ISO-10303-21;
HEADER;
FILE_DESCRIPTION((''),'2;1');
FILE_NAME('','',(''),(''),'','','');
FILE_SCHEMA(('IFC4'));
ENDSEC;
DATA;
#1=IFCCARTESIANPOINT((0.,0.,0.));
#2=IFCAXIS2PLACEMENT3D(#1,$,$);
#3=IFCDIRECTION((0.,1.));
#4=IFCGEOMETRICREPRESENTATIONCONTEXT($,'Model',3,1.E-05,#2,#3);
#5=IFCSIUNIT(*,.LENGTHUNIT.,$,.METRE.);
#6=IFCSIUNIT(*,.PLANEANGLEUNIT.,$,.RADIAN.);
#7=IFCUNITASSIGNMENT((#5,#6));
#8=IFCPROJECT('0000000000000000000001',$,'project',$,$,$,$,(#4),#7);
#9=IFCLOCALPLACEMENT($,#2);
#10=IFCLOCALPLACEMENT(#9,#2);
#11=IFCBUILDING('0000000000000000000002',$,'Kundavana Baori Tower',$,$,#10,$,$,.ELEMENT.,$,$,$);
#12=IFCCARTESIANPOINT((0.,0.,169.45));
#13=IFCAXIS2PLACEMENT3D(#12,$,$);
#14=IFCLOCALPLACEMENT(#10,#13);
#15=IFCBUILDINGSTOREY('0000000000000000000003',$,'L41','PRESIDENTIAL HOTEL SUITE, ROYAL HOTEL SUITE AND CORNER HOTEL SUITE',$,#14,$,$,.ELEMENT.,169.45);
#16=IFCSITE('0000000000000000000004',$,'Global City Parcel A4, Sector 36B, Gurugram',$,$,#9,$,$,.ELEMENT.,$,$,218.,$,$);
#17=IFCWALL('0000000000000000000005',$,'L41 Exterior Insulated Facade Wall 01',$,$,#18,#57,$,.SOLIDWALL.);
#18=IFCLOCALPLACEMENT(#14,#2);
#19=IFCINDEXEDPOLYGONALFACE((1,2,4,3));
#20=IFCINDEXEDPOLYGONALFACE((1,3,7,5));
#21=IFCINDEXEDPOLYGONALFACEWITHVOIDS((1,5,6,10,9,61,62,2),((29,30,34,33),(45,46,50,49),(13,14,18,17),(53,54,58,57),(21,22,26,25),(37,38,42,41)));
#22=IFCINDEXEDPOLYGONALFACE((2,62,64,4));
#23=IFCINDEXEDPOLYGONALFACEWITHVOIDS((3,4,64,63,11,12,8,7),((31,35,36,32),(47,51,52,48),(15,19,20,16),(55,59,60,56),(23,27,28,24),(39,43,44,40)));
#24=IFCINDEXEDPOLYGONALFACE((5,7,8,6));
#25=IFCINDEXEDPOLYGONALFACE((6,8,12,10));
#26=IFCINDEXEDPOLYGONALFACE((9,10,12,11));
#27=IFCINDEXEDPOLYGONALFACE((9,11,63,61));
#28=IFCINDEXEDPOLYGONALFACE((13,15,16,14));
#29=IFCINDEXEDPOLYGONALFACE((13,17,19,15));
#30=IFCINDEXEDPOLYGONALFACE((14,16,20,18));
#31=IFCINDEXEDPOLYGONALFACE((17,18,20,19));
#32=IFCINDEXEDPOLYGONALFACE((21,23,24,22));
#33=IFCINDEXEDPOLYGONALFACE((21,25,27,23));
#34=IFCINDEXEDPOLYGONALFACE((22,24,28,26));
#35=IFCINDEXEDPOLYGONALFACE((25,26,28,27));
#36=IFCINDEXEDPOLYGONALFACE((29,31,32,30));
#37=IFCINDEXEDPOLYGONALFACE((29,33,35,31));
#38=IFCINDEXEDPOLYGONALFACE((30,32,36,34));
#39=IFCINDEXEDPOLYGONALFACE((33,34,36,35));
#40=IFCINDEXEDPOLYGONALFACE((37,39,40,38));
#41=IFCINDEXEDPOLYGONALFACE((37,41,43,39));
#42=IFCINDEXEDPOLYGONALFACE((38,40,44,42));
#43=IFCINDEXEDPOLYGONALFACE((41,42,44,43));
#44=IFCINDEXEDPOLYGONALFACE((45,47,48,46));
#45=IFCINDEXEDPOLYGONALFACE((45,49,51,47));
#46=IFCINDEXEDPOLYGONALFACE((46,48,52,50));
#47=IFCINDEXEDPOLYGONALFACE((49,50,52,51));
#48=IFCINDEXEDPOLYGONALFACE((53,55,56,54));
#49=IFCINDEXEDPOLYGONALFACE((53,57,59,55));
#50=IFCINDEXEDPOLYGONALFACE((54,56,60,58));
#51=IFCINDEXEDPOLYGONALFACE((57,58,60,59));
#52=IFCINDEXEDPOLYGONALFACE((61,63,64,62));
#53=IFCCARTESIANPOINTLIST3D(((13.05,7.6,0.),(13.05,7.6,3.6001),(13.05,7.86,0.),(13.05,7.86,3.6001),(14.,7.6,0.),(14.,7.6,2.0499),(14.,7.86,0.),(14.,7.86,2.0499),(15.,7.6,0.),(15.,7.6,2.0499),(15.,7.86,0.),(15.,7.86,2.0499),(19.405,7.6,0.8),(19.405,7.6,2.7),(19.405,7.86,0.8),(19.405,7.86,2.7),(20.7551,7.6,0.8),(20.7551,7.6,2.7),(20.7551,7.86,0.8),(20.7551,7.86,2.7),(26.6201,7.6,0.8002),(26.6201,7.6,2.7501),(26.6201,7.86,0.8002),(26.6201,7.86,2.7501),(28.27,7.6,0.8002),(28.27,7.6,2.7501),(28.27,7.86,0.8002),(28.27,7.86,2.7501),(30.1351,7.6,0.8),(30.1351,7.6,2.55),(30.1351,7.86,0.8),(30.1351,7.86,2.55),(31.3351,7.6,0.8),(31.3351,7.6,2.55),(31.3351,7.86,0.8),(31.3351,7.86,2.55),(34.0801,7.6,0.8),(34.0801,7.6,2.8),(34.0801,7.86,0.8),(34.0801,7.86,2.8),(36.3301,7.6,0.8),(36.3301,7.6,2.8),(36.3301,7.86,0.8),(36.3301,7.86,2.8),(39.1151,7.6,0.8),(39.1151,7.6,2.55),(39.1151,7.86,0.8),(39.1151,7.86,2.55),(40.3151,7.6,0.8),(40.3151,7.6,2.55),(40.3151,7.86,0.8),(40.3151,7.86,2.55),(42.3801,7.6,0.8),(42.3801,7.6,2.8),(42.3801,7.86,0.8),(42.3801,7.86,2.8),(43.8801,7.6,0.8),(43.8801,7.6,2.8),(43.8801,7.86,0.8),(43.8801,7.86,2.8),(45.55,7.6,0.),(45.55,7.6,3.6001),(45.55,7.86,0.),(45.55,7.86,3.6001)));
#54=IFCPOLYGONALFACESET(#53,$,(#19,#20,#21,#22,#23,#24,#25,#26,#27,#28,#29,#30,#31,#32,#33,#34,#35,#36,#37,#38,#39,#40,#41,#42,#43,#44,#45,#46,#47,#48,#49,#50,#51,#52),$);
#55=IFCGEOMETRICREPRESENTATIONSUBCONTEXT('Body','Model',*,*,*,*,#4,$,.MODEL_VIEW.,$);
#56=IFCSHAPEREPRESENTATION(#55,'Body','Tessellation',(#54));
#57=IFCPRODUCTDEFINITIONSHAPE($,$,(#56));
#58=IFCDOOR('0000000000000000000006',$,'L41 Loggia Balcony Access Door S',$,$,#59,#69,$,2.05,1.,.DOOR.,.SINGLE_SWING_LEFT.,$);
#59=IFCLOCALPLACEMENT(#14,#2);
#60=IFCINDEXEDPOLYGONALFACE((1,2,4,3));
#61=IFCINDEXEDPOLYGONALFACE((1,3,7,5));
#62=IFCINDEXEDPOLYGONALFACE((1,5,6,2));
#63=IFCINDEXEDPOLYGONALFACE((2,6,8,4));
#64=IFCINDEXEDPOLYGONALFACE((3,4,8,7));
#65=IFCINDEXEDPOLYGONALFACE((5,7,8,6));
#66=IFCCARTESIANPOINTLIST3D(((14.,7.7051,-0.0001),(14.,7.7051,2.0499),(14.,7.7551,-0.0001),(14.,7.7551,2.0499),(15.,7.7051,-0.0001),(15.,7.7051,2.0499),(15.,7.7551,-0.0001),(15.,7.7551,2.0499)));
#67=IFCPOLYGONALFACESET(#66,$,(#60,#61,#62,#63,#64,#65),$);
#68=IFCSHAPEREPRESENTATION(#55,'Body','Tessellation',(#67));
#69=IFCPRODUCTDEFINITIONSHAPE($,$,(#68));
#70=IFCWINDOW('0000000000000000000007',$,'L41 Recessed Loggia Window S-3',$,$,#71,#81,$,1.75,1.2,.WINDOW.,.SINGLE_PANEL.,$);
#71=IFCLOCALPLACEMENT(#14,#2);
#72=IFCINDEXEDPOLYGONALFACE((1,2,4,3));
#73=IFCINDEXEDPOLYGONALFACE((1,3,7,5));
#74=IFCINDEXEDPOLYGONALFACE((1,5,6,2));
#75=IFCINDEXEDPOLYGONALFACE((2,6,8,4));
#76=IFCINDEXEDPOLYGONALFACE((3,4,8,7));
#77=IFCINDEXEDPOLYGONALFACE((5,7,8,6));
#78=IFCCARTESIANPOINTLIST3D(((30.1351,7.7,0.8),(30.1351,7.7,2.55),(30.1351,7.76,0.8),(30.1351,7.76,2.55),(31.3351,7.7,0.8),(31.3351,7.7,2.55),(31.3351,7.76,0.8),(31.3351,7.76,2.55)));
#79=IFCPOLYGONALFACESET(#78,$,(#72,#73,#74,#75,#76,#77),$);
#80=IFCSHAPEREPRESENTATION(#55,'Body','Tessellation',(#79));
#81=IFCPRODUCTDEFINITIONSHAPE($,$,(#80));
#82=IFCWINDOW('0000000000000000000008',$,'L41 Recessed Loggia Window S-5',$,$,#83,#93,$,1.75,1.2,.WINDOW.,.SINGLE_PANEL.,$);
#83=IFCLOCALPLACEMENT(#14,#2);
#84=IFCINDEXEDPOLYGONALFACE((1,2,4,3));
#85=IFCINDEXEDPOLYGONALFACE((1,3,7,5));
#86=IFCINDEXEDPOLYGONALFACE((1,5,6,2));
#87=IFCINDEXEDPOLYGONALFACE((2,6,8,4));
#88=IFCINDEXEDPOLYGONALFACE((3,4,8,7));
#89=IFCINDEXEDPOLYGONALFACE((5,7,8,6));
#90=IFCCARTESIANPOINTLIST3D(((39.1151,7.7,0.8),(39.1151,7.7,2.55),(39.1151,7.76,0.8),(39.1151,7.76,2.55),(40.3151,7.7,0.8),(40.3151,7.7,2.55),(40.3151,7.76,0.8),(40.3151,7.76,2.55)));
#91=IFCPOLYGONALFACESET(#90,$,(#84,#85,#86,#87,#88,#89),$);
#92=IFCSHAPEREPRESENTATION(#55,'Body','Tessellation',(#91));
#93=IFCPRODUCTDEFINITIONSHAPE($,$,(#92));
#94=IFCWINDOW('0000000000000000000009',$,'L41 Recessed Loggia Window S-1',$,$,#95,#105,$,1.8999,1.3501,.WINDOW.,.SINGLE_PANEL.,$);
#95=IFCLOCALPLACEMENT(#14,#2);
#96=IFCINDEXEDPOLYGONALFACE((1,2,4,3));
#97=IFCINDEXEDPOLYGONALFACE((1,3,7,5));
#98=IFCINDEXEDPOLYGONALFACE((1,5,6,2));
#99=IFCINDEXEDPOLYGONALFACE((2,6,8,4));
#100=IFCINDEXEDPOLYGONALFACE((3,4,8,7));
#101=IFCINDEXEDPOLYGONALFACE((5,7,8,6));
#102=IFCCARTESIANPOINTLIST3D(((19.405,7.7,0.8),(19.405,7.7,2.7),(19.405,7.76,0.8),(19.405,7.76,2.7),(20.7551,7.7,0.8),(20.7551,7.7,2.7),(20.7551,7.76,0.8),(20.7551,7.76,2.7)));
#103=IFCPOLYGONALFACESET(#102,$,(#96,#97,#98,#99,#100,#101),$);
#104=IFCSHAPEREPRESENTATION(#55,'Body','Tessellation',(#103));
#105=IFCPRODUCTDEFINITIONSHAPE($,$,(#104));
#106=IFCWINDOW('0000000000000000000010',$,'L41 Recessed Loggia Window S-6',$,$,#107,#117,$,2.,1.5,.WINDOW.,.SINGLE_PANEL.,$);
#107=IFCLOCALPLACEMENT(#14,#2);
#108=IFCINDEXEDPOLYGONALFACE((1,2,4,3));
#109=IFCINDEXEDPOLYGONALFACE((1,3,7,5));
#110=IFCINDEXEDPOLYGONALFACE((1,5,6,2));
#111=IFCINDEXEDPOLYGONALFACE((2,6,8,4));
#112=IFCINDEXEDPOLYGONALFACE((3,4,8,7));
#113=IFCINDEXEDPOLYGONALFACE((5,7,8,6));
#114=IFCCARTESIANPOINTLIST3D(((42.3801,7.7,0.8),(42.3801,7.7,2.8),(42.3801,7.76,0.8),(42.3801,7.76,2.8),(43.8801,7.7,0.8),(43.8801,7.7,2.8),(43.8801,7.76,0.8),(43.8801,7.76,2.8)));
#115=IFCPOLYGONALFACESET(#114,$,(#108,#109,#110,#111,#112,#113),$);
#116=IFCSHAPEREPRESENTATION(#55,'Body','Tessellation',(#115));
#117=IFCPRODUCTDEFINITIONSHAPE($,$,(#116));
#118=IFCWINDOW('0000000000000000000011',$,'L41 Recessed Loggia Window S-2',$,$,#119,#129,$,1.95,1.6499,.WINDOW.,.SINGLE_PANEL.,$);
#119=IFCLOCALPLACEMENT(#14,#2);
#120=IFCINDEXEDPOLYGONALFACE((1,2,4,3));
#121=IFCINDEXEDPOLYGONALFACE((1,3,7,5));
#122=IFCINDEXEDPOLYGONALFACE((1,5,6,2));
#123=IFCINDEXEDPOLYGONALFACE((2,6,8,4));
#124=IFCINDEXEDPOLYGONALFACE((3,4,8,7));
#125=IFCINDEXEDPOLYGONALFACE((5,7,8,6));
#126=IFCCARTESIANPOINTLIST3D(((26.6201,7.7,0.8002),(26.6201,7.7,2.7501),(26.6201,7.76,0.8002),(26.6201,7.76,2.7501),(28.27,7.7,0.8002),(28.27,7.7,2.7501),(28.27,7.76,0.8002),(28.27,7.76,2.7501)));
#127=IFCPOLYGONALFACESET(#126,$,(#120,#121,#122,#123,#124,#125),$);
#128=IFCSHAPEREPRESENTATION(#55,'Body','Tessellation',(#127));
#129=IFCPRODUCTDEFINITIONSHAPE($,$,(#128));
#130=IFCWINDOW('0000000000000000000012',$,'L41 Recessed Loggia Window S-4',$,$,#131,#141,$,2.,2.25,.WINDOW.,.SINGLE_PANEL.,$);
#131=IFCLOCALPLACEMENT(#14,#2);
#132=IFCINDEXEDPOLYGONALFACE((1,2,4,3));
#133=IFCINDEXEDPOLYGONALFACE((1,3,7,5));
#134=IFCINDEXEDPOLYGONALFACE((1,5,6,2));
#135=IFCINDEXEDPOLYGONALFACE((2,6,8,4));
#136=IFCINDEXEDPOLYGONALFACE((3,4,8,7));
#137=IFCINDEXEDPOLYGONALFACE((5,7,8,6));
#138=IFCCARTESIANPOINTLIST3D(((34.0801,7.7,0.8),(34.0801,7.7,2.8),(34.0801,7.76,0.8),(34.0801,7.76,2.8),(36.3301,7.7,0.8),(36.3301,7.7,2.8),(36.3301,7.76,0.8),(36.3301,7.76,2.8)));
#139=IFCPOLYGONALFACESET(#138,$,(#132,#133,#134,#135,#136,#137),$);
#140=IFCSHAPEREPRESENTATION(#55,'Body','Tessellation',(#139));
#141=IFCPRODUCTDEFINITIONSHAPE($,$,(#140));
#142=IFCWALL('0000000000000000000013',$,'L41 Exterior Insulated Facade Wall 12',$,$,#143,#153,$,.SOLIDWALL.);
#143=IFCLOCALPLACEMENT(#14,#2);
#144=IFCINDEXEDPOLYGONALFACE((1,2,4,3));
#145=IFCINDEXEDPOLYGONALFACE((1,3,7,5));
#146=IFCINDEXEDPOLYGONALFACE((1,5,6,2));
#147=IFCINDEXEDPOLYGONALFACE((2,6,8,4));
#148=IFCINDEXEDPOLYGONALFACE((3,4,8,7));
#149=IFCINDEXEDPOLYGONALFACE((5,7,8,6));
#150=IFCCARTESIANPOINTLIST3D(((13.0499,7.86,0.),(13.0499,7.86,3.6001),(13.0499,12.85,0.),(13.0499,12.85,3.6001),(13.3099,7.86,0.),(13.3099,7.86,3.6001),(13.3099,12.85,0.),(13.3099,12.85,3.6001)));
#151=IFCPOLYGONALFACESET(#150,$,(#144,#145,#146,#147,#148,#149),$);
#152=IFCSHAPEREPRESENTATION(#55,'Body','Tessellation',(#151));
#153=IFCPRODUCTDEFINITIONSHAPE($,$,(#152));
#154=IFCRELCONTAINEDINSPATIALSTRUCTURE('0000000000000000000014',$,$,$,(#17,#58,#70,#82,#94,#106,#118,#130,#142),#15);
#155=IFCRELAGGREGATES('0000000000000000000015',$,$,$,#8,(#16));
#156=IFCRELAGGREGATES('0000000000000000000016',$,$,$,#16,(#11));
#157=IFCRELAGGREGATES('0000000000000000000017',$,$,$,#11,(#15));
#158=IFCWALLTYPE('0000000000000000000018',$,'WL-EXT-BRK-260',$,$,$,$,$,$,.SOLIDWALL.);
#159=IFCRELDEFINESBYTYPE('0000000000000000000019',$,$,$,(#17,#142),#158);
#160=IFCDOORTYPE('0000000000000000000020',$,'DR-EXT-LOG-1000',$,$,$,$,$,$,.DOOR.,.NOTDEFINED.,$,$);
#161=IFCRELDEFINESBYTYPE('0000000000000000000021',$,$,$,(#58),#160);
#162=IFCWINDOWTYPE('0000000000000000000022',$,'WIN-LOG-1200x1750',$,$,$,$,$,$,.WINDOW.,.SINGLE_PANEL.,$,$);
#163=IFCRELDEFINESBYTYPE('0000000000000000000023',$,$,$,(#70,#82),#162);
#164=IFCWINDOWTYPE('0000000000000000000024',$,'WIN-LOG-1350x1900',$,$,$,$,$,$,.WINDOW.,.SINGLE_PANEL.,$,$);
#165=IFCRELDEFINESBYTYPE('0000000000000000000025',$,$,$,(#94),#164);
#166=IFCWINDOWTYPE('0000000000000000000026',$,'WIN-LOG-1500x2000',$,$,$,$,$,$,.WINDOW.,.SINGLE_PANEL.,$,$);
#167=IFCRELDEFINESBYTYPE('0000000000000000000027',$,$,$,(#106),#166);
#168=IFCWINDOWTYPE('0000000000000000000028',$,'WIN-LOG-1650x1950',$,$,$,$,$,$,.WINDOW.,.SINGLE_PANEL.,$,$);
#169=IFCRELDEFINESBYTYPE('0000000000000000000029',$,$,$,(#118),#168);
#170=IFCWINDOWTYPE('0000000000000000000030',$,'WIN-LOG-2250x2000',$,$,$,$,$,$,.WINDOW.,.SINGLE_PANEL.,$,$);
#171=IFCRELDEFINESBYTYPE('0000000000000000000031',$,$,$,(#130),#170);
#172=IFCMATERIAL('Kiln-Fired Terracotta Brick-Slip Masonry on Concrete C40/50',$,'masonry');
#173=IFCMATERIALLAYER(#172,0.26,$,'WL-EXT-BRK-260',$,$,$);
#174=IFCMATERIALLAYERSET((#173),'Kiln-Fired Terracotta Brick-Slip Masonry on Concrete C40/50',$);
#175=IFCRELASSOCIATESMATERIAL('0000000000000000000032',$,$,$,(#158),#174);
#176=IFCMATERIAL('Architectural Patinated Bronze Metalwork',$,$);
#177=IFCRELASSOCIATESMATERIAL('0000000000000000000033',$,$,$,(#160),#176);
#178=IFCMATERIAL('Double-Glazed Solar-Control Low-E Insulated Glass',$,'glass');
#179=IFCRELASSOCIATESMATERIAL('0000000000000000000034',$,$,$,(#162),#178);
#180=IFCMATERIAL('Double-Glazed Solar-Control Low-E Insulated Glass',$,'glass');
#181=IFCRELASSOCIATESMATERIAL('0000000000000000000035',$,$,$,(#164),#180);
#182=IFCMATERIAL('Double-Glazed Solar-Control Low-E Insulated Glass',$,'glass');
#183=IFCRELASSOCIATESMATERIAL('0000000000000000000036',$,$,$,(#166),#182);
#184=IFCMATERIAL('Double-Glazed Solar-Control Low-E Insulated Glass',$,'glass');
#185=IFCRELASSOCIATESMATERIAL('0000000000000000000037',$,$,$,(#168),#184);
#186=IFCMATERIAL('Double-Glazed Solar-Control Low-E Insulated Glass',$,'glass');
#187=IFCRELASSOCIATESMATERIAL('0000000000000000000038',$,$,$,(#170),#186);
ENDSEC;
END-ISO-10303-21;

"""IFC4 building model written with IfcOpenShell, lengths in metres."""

from ifc_helpers import new_model, si_unit, direction, frame, frame_2d, origin, place, context, subcontext, project, spatial, rectangle, extrude, material, layer, layer_set, type_object, element, fill, save


model = new_model("IFC4")

# Units and contexts
model_context = context("Model", 3, precision=1e-05, world=origin(), true_north=direction((0.0, 1.0)))
body_context = subcontext(model_context, "Body", "Model", "MODEL_VIEW")
ifc_project = project(units=[si_unit("LENGTHUNIT", "METRE"), si_unit("PLANEANGLEUNIT", "RADIAN")], contexts=[model_context])

# Site, building, storey
site_placement = place(None, origin())
site = spatial("IfcSite", under=ifc_project, at=site_placement, Name="Global City Parcel A4, Sector 36B, Gurugram", CompositionType="ELEMENT", RefElevation=218.0)
building_placement = place(site_placement, origin())
building = spatial("IfcBuilding", under=site, at=building_placement, Name="Kundavana Baori Tower", CompositionType="ELEMENT")
storey_placement = place(building_placement, frame((0.0, 0.0, 169.45)))
storey = spatial("IfcBuildingStorey", under=building, at=storey_placement, Name="L41", Description="PRESIDENTIAL HOTEL SUITE, ROYAL HOTEL SUITE AND CORNER HOTEL SUITE", CompositionType="ELEMENT", Elevation=169.45)

# Wall, openings, door, windows
ifc_material_1 = material(Name="Kiln-Fired Terracotta Brick-Slip Masonry on Concrete C40/50", Category="masonry")
ifc_layer_1 = layer(ifc_material_1, 0.26, Name="WL-EXT-BRK-260")
ifc_layer_set_1 = layer_set([ifc_layer_1], Name="Kiln-Fired Terracotta Brick-Slip Masonry on Concrete C40/50")
wall_type_1 = type_object("IfcWallType", Name="WL-EXT-BRK-260", PredefinedType="SOLIDWALL", material=ifc_layer_set_1)
wall_1_placement = place(storey_placement, frame((13.05, 7.73, 0.0), z_axis=(0.0, 0.0, 1.0), x_axis=(1.0, 0.0, 0.0)))
wall_1 = element("IfcWall", 1, at=wall_1_placement, inside=storey, type_object=wall_type_1, Name="L41 Exterior Insulated Facade Wall 01", PredefinedType="SOLIDWALL", context=body_context, shape_type="SweptSolid", body=[
    extrude(rectangle(XDim=32.5, YDim=0.26, at=frame_2d((16.25, 0.0))), origin(), (0.0, 0.0, 1.0), 3.6001),
])
opening_1_placement = place(wall_1_placement, frame((0.95, 0.0, 0.0)))
opening_1 = element("IfcOpeningElement", 2, at=opening_1_placement, cuts=wall_1, PredefinedType="OPENING", context=body_context, shape_type="SweptSolid", body=[
    extrude(rectangle(XDim=1.0, YDim=2.05, at=frame_2d((0.5, 1.0249))), frame((0.0, 0.1401, 0.0), z_axis=(0.0, -1.0, 0.0), x_axis=(1.0, 0.0, 0.0)), (0.0, 0.0, 1.0), 0.28),
])
opening_2_placement = place(wall_1_placement, frame((6.355, 0.0, 0.8)))
opening_2 = element("IfcOpeningElement", 3, at=opening_2_placement, cuts=wall_1, PredefinedType="OPENING", context=body_context, shape_type="SweptSolid", body=[
    extrude(rectangle(XDim=1.3501, YDim=1.8999, at=frame_2d((0.675, 0.95))), frame((0.0, 0.1401, 0.0), z_axis=(0.0, -1.0, 0.0), x_axis=(1.0, 0.0, 0.0)), (0.0, 0.0, 1.0), 0.28),
])
opening_3_placement = place(wall_1_placement, frame((13.5701, 0.0, 0.8)))
opening_3 = element("IfcOpeningElement", 4, at=opening_3_placement, cuts=wall_1, PredefinedType="OPENING", context=body_context, shape_type="SweptSolid", body=[
    extrude(rectangle(XDim=1.6499, YDim=1.95, at=frame_2d((0.825, 0.9751))), frame((0.0, 0.1401, 0.0), z_axis=(0.0, -1.0, 0.0), x_axis=(1.0, 0.0, 0.0)), (0.0, 0.0, 1.0), 0.28),
])
opening_4_placement = place(wall_1_placement, frame((17.085, 0.0, 0.8)))
opening_4 = element("IfcOpeningElement", 5, at=opening_4_placement, cuts=wall_1, PredefinedType="OPENING", context=body_context, shape_type="SweptSolid", body=[
    extrude(rectangle(XDim=1.2, YDim=1.75, at=frame_2d((0.6001, 0.875))), frame((0.0, 0.1401, 0.0), z_axis=(0.0, -1.0, 0.0), x_axis=(1.0, 0.0, 0.0)), (0.0, 0.0, 1.0), 0.28),
])
opening_5_placement = place(wall_1_placement, frame((21.03, 0.0, 0.8)))
opening_5 = element("IfcOpeningElement", 6, at=opening_5_placement, cuts=wall_1, PredefinedType="OPENING", context=body_context, shape_type="SweptSolid", body=[
    extrude(rectangle(XDim=2.25, YDim=2.0, at=frame_2d((1.125, 1.0))), frame((0.0, 0.1401, 0.0), z_axis=(0.0, -1.0, 0.0), x_axis=(1.0, 0.0, 0.0)), (0.0, 0.0, 1.0), 0.28),
])
opening_6_placement = place(wall_1_placement, frame((26.0649, 0.0, 0.8)))
opening_6 = element("IfcOpeningElement", 7, at=opening_6_placement, cuts=wall_1, PredefinedType="OPENING", context=body_context, shape_type="SweptSolid", body=[
    extrude(rectangle(XDim=1.2, YDim=1.75, at=frame_2d((0.6001, 0.875))), frame((0.0, 0.1401, 0.0), z_axis=(0.0, -1.0, 0.0), x_axis=(1.0, 0.0, 0.0)), (0.0, 0.0, 1.0), 0.28),
])
opening_7_placement = place(wall_1_placement, frame((29.3301, 0.0, 0.8)))
opening_7 = element("IfcOpeningElement", 8, at=opening_7_placement, cuts=wall_1, PredefinedType="OPENING", context=body_context, shape_type="SweptSolid", body=[
    extrude(rectangle(XDim=1.5, YDim=2.0, at=frame_2d((0.75, 1.0))), frame((0.0, 0.1401, 0.0), z_axis=(0.0, -1.0, 0.0), x_axis=(1.0, 0.0, 0.0)), (0.0, 0.0, 1.0), 0.28),
])
ifc_material_2 = material(Name="Architectural Patinated Bronze Metalwork")
door_type_1 = type_object("IfcDoorType", Name="DR-EXT-LOG-1000", OperationType="NOTDEFINED", PredefinedType="DOOR", material=ifc_material_2)
door_1_placement = place(opening_1_placement, frame((1.0, 0.0, 0.0), z_axis=(0.0, 0.0, 1.0), x_axis=(-1.0, 0.0, 0.0)))
door_1 = element("IfcDoor", 9, at=door_1_placement, inside=storey, type_object=door_type_1, Name="L41 Loggia Balcony Access Door S", OperationType="SINGLE_SWING_LEFT", OverallHeight=2.05, OverallWidth=1.0, PredefinedType="DOOR", context=body_context, shape_type="SweptSolid", body=[
    extrude(rectangle(XDim=1.0, YDim=2.05, at=frame_2d((0.5, 1.0249))), frame((0.0, 0.0249, 0.0), z_axis=(0.0, -1.0, 0.0), x_axis=(1.0, 0.0, 0.0)), (0.0, 0.0, 1.0), 0.05),
])
fill(opening_1, door_1)
ifc_material_3 = material(Name="Double-Glazed Solar-Control Low-E Insulated Glass", Category="glass")
window_type_1 = type_object("IfcWindowType", Name="WIN-LOG-1200x1750", PartitioningType="SINGLE_PANEL", PredefinedType="WINDOW", material=ifc_material_3)
window_1_placement = place(opening_4_placement, origin())
window_1 = element("IfcWindow", 10, at=window_1_placement, inside=storey, type_object=window_type_1, Name="L41 Recessed Loggia Window S-3", OverallHeight=1.75, OverallWidth=1.2, PartitioningType="SINGLE_PANEL", PredefinedType="WINDOW", context=body_context, shape_type="SweptSolid", body=[
    extrude(rectangle(XDim=1.2, YDim=1.75, at=frame_2d((0.6001, 0.875))), frame((0.0, 0.03, 0.0), z_axis=(0.0, -1.0, 0.0), x_axis=(1.0, 0.0, 0.0)), (0.0, 0.0, 1.0), 0.0601),
])
fill(opening_4, window_1)
window_2_placement = place(opening_6_placement, origin())
window_2 = element("IfcWindow", 11, at=window_2_placement, inside=storey, type_object=window_type_1, Name="L41 Recessed Loggia Window S-5", OverallHeight=1.75, OverallWidth=1.2, PartitioningType="SINGLE_PANEL", PredefinedType="WINDOW", context=body_context, shape_type="SweptSolid", body=[
    extrude(rectangle(XDim=1.2, YDim=1.75, at=frame_2d((0.6001, 0.875))), frame((0.0, 0.03, 0.0), z_axis=(0.0, -1.0, 0.0), x_axis=(1.0, 0.0, 0.0)), (0.0, 0.0, 1.0), 0.0601),
])
fill(opening_6, window_2)
ifc_material_4 = material(Name="Double-Glazed Solar-Control Low-E Insulated Glass", Category="glass")
window_type_2 = type_object("IfcWindowType", Name="WIN-LOG-1350x1900", PartitioningType="SINGLE_PANEL", PredefinedType="WINDOW", material=ifc_material_4)
window_3_placement = place(opening_2_placement, origin())
window_3 = element("IfcWindow", 12, at=window_3_placement, inside=storey, type_object=window_type_2, Name="L41 Recessed Loggia Window S-1", OverallHeight=1.8999, OverallWidth=1.3501, PartitioningType="SINGLE_PANEL", PredefinedType="WINDOW", context=body_context, shape_type="SweptSolid", body=[
    extrude(rectangle(XDim=1.3501, YDim=1.8999, at=frame_2d((0.675, 0.95))), frame((0.0, 0.03, 0.0), z_axis=(0.0, -1.0, 0.0), x_axis=(1.0, 0.0, 0.0)), (0.0, 0.0, 1.0), 0.0601),
])
fill(opening_2, window_3)
ifc_material_5 = material(Name="Double-Glazed Solar-Control Low-E Insulated Glass", Category="glass")
window_type_3 = type_object("IfcWindowType", Name="WIN-LOG-1500x2000", PartitioningType="SINGLE_PANEL", PredefinedType="WINDOW", material=ifc_material_5)
window_4_placement = place(opening_7_placement, origin())
window_4 = element("IfcWindow", 13, at=window_4_placement, inside=storey, type_object=window_type_3, Name="L41 Recessed Loggia Window S-6", OverallHeight=2.0, OverallWidth=1.5, PartitioningType="SINGLE_PANEL", PredefinedType="WINDOW", context=body_context, shape_type="SweptSolid", body=[
    extrude(rectangle(XDim=1.5, YDim=2.0, at=frame_2d((0.75, 1.0))), frame((0.0, 0.03, 0.0), z_axis=(0.0, -1.0, 0.0), x_axis=(1.0, 0.0, 0.0)), (0.0, 0.0, 1.0), 0.0601),
])
fill(opening_7, window_4)
ifc_material_6 = material(Name="Double-Glazed Solar-Control Low-E Insulated Glass", Category="glass")
window_type_4 = type_object("IfcWindowType", Name="WIN-LOG-1650x1950", PartitioningType="SINGLE_PANEL", PredefinedType="WINDOW", material=ifc_material_6)
window_5_placement = place(opening_3_placement, origin())
window_5 = element("IfcWindow", 14, at=window_5_placement, inside=storey, type_object=window_type_4, Name="L41 Recessed Loggia Window S-2", OverallHeight=1.95, OverallWidth=1.6499, PartitioningType="SINGLE_PANEL", PredefinedType="WINDOW", context=body_context, shape_type="SweptSolid", body=[
    extrude(rectangle(XDim=1.6499, YDim=1.95, at=frame_2d((0.825, 0.9751))), frame((0.0, 0.03, 0.0), z_axis=(0.0, -1.0, 0.0), x_axis=(1.0, 0.0, 0.0)), (0.0, 0.0, 1.0), 0.0601),
])
fill(opening_3, window_5)
ifc_material_7 = material(Name="Double-Glazed Solar-Control Low-E Insulated Glass", Category="glass")
window_type_5 = type_object("IfcWindowType", Name="WIN-LOG-2250x2000", PartitioningType="SINGLE_PANEL", PredefinedType="WINDOW", material=ifc_material_7)
window_6_placement = place(opening_5_placement, origin())
window_6 = element("IfcWindow", 15, at=window_6_placement, inside=storey, type_object=window_type_5, Name="L41 Recessed Loggia Window S-4", OverallHeight=2.0, OverallWidth=2.25, PartitioningType="SINGLE_PANEL", PredefinedType="WINDOW", context=body_context, shape_type="SweptSolid", body=[
    extrude(rectangle(XDim=2.25, YDim=2.0, at=frame_2d((1.125, 1.0))), frame((0.0, 0.03, 0.0), z_axis=(0.0, -1.0, 0.0), x_axis=(1.0, 0.0, 0.0)), (0.0, 0.0, 1.0), 0.0601),
])
fill(opening_5, window_6)

# Wall
wall_2_placement = place(storey_placement, frame((13.1799, 12.8501, 0.0), z_axis=(0.0, 0.0, 1.0), x_axis=(0.0, -1.0, 0.0)))
element("IfcWall", 16, at=wall_2_placement, inside=storey, type_object=wall_type_1, Name="L41 Exterior Insulated Facade Wall 12", PredefinedType="SOLIDWALL", context=body_context, shape_type="SweptSolid", body=[
    extrude(rectangle(XDim=4.99, YDim=0.26, at=frame_2d((2.4951, 0.0))), origin(), (0.0, 0.0, 1.0), 3.6001),
])

save(model, "model.ifc")
